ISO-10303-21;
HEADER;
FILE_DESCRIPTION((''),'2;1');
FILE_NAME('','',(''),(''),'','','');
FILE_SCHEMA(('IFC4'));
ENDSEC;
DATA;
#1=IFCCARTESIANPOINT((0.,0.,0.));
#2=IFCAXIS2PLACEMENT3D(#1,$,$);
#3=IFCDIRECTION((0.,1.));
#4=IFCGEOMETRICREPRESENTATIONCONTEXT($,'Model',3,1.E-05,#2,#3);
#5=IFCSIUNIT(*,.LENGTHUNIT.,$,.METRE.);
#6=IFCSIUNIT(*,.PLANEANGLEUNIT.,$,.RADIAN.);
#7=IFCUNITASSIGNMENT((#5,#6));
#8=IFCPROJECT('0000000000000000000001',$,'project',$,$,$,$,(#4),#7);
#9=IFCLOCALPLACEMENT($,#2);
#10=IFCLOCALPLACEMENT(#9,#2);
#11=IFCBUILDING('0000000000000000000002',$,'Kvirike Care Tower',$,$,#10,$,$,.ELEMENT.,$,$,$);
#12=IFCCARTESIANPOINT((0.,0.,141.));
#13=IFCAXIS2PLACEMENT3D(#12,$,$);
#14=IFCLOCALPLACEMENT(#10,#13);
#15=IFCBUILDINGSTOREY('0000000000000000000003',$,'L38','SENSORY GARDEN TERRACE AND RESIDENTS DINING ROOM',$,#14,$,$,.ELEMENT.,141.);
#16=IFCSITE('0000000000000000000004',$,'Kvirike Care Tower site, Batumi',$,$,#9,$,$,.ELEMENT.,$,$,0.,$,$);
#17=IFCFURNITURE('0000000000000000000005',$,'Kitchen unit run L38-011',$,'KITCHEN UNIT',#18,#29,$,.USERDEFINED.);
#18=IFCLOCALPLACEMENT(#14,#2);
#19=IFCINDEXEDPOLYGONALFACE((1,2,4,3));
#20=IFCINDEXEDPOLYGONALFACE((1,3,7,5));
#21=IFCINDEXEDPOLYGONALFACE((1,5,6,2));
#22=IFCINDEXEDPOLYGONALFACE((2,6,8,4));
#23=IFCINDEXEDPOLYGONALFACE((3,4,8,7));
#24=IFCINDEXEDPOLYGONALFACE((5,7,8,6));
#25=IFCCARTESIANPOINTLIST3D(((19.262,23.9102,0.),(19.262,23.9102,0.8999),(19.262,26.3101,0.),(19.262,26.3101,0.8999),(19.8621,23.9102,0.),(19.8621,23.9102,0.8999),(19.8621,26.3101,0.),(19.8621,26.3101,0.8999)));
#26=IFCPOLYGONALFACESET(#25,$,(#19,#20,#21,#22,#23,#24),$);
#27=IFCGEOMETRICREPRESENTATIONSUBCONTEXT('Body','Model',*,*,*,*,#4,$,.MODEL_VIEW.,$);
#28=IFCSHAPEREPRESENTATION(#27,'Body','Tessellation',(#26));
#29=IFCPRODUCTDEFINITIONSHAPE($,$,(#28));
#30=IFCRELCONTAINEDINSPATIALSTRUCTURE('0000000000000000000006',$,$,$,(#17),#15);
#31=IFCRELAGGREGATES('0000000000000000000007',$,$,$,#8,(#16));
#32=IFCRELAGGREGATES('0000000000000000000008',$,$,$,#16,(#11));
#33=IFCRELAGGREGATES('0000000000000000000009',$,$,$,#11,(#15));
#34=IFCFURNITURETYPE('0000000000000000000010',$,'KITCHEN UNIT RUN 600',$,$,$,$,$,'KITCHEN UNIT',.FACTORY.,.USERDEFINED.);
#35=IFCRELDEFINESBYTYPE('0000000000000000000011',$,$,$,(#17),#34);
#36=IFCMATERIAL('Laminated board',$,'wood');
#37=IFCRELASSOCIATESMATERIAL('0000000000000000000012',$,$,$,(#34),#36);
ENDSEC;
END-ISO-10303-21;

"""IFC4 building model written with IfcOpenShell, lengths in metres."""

from ifc_helpers import new_model, si_unit, direction, frame, origin, origin_2d, place, context, subcontext, project, spatial, rectangle, extrude, material, type_object, element, save


model = new_model("IFC4")

# Units and contexts
model_context = context("Model", 3, precision=1e-05, world=origin(), true_north=direction((0.0, 1.0)))
body_context = subcontext(model_context, "Body", "Model", "MODEL_VIEW")
ifc_project = project(units=[si_unit("LENGTHUNIT", "METRE"), si_unit("PLANEANGLEUNIT", "RADIAN")], contexts=[model_context])

# Site, building, storey
site_placement = place(None, origin())
site = spatial("IfcSite", under=ifc_project, at=site_placement, Name="Kvirike Care Tower site, Batumi", CompositionType="ELEMENT", RefElevation=0.0)
building_placement = place(site_placement, origin())
building = spatial("IfcBuilding", under=site, at=building_placement, Name="Kvirike Care Tower", CompositionType="ELEMENT")
storey_placement = place(building_placement, frame((0.0, 0.0, 141.0)))
storey = spatial("IfcBuildingStorey", under=building, at=storey_placement, Name="L38", Description="SENSORY GARDEN TERRACE AND RESIDENTS DINING ROOM", CompositionType="ELEMENT", Elevation=141.0)

# Furniture
ifc_material_1 = material(Name="Laminated board", Category="wood")
furniture_type = type_object("IfcFurnitureType", Name="KITCHEN UNIT RUN 600", ElementType="KITCHEN UNIT", AssemblyPlace="FACTORY", PredefinedType="USERDEFINED", material=ifc_material_1)
furniture_placement = place(storey_placement, frame((19.562, 25.1101, 0.0), z_axis=(0.0, 0.0, 1.0), x_axis=(0.0, 1.0, 0.0)))
element("IfcFurniture", 1, at=furniture_placement, inside=storey, type_object=furniture_type, Name="Kitchen unit run L38-011", ObjectType="KITCHEN UNIT", PredefinedType="USERDEFINED", context=body_context, shape_type="SweptSolid", body=[
    extrude(rectangle(XDim=2.3999, YDim=0.6001, at=origin_2d()), origin(), (0.0, 0.0, 1.0), 0.8999),
])

save(model, "model.ifc")
